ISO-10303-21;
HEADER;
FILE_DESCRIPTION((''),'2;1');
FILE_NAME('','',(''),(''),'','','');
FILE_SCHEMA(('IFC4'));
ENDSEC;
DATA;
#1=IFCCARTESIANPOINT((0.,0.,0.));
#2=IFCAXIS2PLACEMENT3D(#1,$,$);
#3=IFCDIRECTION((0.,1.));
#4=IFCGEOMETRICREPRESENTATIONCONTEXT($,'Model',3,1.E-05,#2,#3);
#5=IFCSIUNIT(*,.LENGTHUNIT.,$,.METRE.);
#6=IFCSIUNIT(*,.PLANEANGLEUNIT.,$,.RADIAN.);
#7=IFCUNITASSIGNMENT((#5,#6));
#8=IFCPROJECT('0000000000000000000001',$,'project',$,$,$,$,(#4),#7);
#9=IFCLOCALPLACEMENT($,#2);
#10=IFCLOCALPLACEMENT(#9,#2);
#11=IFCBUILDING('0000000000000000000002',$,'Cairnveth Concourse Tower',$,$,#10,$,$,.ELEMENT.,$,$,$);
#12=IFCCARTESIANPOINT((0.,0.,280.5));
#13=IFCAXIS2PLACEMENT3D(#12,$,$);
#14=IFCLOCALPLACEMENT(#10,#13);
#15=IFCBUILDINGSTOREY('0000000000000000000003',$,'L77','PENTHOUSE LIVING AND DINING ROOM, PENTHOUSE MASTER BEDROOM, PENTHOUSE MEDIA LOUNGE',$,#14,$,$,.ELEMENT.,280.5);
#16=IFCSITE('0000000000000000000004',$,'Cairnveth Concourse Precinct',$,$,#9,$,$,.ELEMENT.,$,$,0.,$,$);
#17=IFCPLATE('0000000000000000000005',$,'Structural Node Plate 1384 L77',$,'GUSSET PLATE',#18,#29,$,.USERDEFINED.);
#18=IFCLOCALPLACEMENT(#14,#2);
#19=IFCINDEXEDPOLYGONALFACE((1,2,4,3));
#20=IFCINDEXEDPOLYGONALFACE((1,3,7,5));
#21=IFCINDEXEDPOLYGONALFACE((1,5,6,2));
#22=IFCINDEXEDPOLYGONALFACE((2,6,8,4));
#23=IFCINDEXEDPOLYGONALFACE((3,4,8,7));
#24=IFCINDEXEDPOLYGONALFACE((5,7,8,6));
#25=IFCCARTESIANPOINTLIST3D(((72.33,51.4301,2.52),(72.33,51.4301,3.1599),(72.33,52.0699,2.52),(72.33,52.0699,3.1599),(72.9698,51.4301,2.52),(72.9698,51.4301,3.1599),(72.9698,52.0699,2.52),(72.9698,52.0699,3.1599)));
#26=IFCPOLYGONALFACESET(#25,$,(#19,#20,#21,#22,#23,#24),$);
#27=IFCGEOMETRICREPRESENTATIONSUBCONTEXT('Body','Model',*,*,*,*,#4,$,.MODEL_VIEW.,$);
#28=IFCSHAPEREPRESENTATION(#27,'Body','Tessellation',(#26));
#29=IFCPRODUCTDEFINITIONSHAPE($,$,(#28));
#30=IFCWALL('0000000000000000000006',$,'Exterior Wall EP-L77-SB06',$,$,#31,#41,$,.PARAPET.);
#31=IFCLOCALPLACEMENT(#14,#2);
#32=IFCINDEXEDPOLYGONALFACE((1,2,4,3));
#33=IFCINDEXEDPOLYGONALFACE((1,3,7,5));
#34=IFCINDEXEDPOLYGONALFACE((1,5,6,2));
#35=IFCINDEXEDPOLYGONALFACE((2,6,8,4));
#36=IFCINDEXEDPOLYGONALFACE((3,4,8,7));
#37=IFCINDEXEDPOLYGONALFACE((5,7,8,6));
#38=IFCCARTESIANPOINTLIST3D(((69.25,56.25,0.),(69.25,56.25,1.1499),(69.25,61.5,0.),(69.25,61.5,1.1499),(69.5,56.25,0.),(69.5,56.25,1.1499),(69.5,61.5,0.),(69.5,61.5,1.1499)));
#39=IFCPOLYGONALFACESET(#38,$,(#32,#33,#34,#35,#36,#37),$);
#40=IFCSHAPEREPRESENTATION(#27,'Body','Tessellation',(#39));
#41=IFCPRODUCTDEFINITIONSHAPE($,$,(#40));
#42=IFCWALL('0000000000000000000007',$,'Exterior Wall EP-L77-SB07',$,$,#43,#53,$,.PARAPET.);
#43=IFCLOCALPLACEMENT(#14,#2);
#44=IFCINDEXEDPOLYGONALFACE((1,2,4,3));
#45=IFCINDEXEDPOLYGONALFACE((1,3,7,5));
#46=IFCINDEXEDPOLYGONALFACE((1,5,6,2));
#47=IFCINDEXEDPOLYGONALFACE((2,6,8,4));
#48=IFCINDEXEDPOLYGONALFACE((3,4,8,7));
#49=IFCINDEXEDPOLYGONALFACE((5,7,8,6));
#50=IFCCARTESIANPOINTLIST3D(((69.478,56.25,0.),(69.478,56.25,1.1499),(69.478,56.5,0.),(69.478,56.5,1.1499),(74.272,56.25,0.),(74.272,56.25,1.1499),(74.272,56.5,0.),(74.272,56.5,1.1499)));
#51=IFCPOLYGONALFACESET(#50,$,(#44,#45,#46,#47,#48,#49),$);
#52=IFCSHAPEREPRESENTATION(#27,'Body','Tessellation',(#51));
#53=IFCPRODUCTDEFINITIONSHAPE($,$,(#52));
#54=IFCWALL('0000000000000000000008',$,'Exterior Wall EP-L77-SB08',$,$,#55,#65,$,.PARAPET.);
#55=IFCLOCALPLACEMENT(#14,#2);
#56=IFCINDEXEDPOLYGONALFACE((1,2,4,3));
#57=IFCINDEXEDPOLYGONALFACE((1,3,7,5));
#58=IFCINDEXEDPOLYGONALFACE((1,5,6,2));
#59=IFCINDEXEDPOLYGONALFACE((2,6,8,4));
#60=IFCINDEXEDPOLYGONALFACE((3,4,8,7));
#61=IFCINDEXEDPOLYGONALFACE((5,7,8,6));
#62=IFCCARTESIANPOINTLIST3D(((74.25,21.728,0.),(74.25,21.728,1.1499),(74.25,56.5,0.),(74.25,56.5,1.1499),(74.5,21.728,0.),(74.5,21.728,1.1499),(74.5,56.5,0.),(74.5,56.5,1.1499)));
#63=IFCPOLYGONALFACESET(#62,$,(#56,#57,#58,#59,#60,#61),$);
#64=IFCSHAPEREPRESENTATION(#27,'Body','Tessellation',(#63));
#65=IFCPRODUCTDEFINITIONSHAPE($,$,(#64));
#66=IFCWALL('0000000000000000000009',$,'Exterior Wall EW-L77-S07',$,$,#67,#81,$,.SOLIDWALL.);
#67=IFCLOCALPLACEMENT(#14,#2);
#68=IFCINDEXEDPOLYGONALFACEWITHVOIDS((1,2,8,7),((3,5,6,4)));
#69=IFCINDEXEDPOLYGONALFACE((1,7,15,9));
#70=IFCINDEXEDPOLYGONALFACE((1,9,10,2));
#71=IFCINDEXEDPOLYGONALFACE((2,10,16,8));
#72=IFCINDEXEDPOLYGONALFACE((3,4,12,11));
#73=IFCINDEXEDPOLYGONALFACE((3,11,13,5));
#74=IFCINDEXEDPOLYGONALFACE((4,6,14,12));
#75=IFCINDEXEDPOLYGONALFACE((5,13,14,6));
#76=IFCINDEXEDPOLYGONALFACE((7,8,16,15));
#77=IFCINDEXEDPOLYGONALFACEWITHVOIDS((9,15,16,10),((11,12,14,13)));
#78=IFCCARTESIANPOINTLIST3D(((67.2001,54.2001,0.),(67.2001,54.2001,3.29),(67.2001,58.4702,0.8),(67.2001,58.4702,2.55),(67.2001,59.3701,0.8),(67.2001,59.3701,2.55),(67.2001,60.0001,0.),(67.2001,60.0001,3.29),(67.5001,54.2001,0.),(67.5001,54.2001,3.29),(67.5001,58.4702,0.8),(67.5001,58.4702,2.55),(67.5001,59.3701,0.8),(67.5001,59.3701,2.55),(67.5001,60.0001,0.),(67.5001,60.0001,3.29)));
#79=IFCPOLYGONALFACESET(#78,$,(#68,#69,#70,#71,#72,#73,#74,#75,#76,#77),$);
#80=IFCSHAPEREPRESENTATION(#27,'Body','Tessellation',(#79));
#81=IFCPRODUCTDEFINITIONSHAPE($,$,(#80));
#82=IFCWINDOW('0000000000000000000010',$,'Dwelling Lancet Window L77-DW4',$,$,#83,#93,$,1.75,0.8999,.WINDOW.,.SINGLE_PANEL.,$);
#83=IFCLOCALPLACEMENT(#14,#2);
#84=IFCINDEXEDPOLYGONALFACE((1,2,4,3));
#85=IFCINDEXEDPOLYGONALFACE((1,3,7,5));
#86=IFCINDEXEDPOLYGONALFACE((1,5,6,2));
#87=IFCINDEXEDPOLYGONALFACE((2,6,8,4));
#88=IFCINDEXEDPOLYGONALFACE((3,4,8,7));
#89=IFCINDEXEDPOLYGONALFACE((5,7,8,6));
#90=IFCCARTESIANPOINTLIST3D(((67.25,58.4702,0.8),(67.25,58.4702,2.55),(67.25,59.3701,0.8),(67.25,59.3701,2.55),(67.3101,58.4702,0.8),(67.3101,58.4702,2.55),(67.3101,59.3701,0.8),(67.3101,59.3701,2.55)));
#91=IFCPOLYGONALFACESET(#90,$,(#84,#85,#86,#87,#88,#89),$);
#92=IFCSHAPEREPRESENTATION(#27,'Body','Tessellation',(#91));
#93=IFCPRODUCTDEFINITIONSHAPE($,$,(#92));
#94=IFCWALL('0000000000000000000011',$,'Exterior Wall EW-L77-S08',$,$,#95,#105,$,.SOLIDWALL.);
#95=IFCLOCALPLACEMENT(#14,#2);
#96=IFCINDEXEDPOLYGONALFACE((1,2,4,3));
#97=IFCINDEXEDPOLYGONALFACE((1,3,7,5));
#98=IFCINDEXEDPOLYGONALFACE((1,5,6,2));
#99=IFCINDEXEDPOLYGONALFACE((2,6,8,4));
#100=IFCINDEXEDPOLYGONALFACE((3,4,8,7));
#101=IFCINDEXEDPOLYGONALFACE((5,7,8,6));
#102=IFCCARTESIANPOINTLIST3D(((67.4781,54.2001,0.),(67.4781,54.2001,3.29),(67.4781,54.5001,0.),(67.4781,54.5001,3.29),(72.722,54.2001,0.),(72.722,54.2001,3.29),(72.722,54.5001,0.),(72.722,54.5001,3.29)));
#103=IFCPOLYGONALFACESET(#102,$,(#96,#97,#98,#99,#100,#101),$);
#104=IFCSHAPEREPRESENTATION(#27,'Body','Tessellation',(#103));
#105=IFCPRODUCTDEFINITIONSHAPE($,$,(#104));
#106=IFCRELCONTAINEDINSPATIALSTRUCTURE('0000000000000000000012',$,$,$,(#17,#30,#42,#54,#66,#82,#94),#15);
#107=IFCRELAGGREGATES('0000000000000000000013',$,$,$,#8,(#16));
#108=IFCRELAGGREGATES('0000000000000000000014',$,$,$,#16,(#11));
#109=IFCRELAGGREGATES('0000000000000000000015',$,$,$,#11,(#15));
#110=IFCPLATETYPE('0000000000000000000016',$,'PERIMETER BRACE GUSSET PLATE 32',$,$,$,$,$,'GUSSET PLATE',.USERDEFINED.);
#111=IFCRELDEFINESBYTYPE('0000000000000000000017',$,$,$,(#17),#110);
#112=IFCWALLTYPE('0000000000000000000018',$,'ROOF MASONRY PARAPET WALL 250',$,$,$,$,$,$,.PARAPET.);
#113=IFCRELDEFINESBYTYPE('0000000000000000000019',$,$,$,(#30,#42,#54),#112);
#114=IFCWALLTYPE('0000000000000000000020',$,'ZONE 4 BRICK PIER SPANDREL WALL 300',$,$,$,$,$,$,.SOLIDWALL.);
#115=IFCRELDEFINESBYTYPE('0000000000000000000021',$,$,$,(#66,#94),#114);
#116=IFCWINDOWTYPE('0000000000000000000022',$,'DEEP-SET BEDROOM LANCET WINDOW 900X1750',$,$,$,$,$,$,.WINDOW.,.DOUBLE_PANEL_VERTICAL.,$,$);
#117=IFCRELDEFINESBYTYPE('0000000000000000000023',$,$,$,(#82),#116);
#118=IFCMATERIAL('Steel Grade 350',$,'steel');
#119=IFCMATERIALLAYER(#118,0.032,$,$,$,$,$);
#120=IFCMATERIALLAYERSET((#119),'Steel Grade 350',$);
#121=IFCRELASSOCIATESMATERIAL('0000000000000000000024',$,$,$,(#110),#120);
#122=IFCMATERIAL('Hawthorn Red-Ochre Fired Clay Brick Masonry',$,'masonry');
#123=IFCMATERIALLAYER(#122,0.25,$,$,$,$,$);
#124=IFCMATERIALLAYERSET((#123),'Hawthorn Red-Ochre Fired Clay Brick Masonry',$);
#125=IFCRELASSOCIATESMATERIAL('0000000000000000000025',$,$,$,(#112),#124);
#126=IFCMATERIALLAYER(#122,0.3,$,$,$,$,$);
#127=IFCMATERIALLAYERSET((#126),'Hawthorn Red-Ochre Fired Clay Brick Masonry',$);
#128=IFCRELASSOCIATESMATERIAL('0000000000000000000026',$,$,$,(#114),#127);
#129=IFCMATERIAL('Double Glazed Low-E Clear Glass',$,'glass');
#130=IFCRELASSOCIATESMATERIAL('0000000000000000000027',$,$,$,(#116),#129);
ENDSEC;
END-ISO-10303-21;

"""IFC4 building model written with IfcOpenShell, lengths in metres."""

from ifc_helpers import new_model, si_unit, direction, frame, frame_2d, origin, origin_2d, place, context, subcontext, project, spatial, rectangle, extrude, material, layer, layer_set, type_object, element, fill, save


model = new_model("IFC4")

# Units and contexts
model_context = context("Model", 3, precision=1e-05, world=origin(), true_north=direction((0.0, 1.0)))
body_context = subcontext(model_context, "Body", "Model", "MODEL_VIEW")
ifc_project = project(units=[si_unit("LENGTHUNIT", "METRE"), si_unit("PLANEANGLEUNIT", "RADIAN")], contexts=[model_context])

# Site, building, storey
site_placement = place(None, origin())
site = spatial("IfcSite", under=ifc_project, at=site_placement, Name="Cairnveth Concourse Precinct", CompositionType="ELEMENT", RefElevation=0.0)
building_placement = place(site_placement, origin())
building = spatial("IfcBuilding", under=site, at=building_placement, Name="Cairnveth Concourse Tower", CompositionType="ELEMENT")
storey_placement = place(building_placement, frame((0.0, 0.0, 280.5)))
storey = spatial("IfcBuildingStorey", under=building, at=storey_placement, Name="L77", Description="PENTHOUSE LIVING AND DINING ROOM, PENTHOUSE MASTER BEDROOM, PENTHOUSE MEDIA LOUNGE", CompositionType="ELEMENT", Elevation=280.5)

# Shared definitions
ifc_material_1 = material(Name="Steel Grade 350", Category="steel")

# Plate
ifc_layer_1 = layer(ifc_material_1, 0.032)
ifc_layer_set_1 = layer_set([ifc_layer_1], Name="Steel Grade 350")
plate_type = type_object("IfcPlateType", Name="PERIMETER BRACE GUSSET PLATE 32", ElementType="GUSSET PLATE", PredefinedType="USERDEFINED", material=ifc_layer_set_1)
for number, where, z_axis, x_axis, name in (
    (1, (72.6499, 51.75, 2.52), (0.0, 0.0, 1.0), (1.0, 0.0, 0.0), "Structural Node Plate 1384 L77"),
):
    element("IfcPlate", number, at=place(storey_placement, frame(where, z_axis=z_axis, x_axis=x_axis)), inside=storey, type_object=plate_type, Name=name, ObjectType="GUSSET PLATE", PredefinedType="USERDEFINED", context=body_context, shape_type="SweptSolid", body=[
        extrude(rectangle(XDim=0.6399, YDim=0.6399, at=origin_2d()), origin(), (0.0, 0.0, 1.0), 0.6399),
    ])

# Walls
ifc_material_2 = material(Name="Hawthorn Red-Ochre Fired Clay Brick Masonry", Category="masonry")
ifc_layer_2 = layer(ifc_material_2, 0.25)
ifc_layer_set_2 = layer_set([ifc_layer_2], Name="Hawthorn Red-Ochre Fired Clay Brick Masonry")
wall_type_1 = type_object("IfcWallType", Name="ROOF MASONRY PARAPET WALL 250", PredefinedType="PARAPET", material=ifc_layer_set_2)
wall_1_placement = place(storey_placement, frame((69.375, 61.5, 0.0), z_axis=(0.0, 0.0, 1.0), x_axis=(0.0, -1.0, 0.0)))
element("IfcWall", 2, at=wall_1_placement, inside=storey, type_object=wall_type_1, Name="Exterior Wall EP-L77-SB06", PredefinedType="PARAPET", context=body_context, shape_type="SweptSolid", body=[
    extrude(rectangle(XDim=5.25, YDim=0.25, at=frame_2d((2.625, 0.0))), origin(), (0.0, 0.0, 1.0), 1.1499),
])
wall_2_placement = place(storey_placement, frame((69.478, 56.375, 0.0), z_axis=(0.0, 0.0, 1.0), x_axis=(1.0, 0.0, 0.0)))
element("IfcWall", 3, at=wall_2_placement, inside=storey, type_object=wall_type_1, Name="Exterior Wall EP-L77-SB07", PredefinedType="PARAPET", context=body_context, shape_type="SweptSolid", body=[
    extrude(rectangle(XDim=4.7939, YDim=0.25, at=frame_2d((2.397, 0.0))), origin(), (0.0, 0.0, 1.0), 1.1499),
])
wall_3_placement = place(storey_placement, frame((74.375, 56.5, 0.0), z_axis=(0.0, 0.0, 1.0), x_axis=(0.0, -1.0, 0.0)))
element("IfcWall", 4, at=wall_3_placement, inside=storey, type_object=wall_type_1, Name="Exterior Wall EP-L77-SB08", PredefinedType="PARAPET", context=body_context, shape_type="SweptSolid", body=[
    extrude(rectangle(XDim=34.772, YDim=0.25, at=frame_2d((17.386, 0.0))), origin(), (0.0, 0.0, 1.0), 1.1499),
])

# Wall, opening, window
ifc_layer_3 = layer(ifc_material_2, 0.3)
ifc_layer_set_3 = layer_set([ifc_layer_3], Name="Hawthorn Red-Ochre Fired Clay Brick Masonry")
wall_type_2 = type_object("IfcWallType", Name="ZONE 4 BRICK PIER SPANDREL WALL 300", PredefinedType="SOLIDWALL", material=ifc_layer_set_3)
wall_4_placement = place(storey_placement, frame((67.3501, 60.0, 0.0), z_axis=(0.0, 0.0, 1.0), x_axis=(0.0, -1.0, 0.0)))
wall_4 = element("IfcWall", 5, at=wall_4_placement, inside=storey, type_object=wall_type_2, Name="Exterior Wall EW-L77-S07", PredefinedType="SOLIDWALL", context=body_context, shape_type="SweptSolid", body=[
    extrude(rectangle(XDim=5.8, YDim=0.3, at=frame_2d((2.8999, 0.0))), origin(), (0.0, 0.0, 1.0), 3.29),
])
opening_1_placement = place(wall_4_placement, frame((0.6299, 0.0, 0.8)))
opening_1 = element("IfcOpeningElement", 6, at=opening_1_placement, cuts=wall_4, PredefinedType="OPENING", context=body_context, shape_type="SweptSolid", body=[
    extrude(rectangle(XDim=0.8999, YDim=1.75, at=frame_2d((0.45, 0.875))), frame((0.0, 0.1599, 0.0), z_axis=(0.0, -1.0, 0.0), x_axis=(1.0, 0.0, 0.0)), (0.0, 0.0, 1.0), 0.3201),
])
ifc_material_3 = material(Name="Double Glazed Low-E Clear Glass", Category="glass")
window_type_1 = type_object("IfcWindowType", Name="DEEP-SET BEDROOM LANCET WINDOW 900X1750", PartitioningType="DOUBLE_PANEL_VERTICAL", PredefinedType="WINDOW", material=ifc_material_3)
window_1_placement = place(opening_1_placement, origin())
window_1 = element("IfcWindow", 7, at=window_1_placement, inside=storey, type_object=window_type_1, Name="Dwelling Lancet Window L77-DW4", OverallHeight=1.75, OverallWidth=0.8999, PartitioningType="SINGLE_PANEL", PredefinedType="WINDOW", context=body_context, shape_type="SweptSolid", body=[
    extrude(rectangle(XDim=0.8999, YDim=1.75, at=frame_2d((0.45, 0.875))), frame((0.0, -0.04, 0.0), z_axis=(0.0, -1.0, 0.0), x_axis=(1.0, 0.0, 0.0)), (0.0, 0.0, 1.0), 0.0601),
])
fill(opening_1, window_1)

# Wall
wall_5_placement = place(storey_placement, frame((67.478, 54.3501, 0.0), z_axis=(0.0, 0.0, 1.0), x_axis=(1.0, 0.0, 0.0)))
element("IfcWall", 8, at=wall_5_placement, inside=storey, type_object=wall_type_2, Name="Exterior Wall EW-L77-S08", PredefinedType="SOLIDWALL", context=body_context, shape_type="SweptSolid", body=[
    extrude(rectangle(XDim=5.2439, YDim=0.3, at=frame_2d((2.6221, 0.0))), origin(), (0.0, 0.0, 1.0), 3.29),
])

save(model, "model.ifc")
